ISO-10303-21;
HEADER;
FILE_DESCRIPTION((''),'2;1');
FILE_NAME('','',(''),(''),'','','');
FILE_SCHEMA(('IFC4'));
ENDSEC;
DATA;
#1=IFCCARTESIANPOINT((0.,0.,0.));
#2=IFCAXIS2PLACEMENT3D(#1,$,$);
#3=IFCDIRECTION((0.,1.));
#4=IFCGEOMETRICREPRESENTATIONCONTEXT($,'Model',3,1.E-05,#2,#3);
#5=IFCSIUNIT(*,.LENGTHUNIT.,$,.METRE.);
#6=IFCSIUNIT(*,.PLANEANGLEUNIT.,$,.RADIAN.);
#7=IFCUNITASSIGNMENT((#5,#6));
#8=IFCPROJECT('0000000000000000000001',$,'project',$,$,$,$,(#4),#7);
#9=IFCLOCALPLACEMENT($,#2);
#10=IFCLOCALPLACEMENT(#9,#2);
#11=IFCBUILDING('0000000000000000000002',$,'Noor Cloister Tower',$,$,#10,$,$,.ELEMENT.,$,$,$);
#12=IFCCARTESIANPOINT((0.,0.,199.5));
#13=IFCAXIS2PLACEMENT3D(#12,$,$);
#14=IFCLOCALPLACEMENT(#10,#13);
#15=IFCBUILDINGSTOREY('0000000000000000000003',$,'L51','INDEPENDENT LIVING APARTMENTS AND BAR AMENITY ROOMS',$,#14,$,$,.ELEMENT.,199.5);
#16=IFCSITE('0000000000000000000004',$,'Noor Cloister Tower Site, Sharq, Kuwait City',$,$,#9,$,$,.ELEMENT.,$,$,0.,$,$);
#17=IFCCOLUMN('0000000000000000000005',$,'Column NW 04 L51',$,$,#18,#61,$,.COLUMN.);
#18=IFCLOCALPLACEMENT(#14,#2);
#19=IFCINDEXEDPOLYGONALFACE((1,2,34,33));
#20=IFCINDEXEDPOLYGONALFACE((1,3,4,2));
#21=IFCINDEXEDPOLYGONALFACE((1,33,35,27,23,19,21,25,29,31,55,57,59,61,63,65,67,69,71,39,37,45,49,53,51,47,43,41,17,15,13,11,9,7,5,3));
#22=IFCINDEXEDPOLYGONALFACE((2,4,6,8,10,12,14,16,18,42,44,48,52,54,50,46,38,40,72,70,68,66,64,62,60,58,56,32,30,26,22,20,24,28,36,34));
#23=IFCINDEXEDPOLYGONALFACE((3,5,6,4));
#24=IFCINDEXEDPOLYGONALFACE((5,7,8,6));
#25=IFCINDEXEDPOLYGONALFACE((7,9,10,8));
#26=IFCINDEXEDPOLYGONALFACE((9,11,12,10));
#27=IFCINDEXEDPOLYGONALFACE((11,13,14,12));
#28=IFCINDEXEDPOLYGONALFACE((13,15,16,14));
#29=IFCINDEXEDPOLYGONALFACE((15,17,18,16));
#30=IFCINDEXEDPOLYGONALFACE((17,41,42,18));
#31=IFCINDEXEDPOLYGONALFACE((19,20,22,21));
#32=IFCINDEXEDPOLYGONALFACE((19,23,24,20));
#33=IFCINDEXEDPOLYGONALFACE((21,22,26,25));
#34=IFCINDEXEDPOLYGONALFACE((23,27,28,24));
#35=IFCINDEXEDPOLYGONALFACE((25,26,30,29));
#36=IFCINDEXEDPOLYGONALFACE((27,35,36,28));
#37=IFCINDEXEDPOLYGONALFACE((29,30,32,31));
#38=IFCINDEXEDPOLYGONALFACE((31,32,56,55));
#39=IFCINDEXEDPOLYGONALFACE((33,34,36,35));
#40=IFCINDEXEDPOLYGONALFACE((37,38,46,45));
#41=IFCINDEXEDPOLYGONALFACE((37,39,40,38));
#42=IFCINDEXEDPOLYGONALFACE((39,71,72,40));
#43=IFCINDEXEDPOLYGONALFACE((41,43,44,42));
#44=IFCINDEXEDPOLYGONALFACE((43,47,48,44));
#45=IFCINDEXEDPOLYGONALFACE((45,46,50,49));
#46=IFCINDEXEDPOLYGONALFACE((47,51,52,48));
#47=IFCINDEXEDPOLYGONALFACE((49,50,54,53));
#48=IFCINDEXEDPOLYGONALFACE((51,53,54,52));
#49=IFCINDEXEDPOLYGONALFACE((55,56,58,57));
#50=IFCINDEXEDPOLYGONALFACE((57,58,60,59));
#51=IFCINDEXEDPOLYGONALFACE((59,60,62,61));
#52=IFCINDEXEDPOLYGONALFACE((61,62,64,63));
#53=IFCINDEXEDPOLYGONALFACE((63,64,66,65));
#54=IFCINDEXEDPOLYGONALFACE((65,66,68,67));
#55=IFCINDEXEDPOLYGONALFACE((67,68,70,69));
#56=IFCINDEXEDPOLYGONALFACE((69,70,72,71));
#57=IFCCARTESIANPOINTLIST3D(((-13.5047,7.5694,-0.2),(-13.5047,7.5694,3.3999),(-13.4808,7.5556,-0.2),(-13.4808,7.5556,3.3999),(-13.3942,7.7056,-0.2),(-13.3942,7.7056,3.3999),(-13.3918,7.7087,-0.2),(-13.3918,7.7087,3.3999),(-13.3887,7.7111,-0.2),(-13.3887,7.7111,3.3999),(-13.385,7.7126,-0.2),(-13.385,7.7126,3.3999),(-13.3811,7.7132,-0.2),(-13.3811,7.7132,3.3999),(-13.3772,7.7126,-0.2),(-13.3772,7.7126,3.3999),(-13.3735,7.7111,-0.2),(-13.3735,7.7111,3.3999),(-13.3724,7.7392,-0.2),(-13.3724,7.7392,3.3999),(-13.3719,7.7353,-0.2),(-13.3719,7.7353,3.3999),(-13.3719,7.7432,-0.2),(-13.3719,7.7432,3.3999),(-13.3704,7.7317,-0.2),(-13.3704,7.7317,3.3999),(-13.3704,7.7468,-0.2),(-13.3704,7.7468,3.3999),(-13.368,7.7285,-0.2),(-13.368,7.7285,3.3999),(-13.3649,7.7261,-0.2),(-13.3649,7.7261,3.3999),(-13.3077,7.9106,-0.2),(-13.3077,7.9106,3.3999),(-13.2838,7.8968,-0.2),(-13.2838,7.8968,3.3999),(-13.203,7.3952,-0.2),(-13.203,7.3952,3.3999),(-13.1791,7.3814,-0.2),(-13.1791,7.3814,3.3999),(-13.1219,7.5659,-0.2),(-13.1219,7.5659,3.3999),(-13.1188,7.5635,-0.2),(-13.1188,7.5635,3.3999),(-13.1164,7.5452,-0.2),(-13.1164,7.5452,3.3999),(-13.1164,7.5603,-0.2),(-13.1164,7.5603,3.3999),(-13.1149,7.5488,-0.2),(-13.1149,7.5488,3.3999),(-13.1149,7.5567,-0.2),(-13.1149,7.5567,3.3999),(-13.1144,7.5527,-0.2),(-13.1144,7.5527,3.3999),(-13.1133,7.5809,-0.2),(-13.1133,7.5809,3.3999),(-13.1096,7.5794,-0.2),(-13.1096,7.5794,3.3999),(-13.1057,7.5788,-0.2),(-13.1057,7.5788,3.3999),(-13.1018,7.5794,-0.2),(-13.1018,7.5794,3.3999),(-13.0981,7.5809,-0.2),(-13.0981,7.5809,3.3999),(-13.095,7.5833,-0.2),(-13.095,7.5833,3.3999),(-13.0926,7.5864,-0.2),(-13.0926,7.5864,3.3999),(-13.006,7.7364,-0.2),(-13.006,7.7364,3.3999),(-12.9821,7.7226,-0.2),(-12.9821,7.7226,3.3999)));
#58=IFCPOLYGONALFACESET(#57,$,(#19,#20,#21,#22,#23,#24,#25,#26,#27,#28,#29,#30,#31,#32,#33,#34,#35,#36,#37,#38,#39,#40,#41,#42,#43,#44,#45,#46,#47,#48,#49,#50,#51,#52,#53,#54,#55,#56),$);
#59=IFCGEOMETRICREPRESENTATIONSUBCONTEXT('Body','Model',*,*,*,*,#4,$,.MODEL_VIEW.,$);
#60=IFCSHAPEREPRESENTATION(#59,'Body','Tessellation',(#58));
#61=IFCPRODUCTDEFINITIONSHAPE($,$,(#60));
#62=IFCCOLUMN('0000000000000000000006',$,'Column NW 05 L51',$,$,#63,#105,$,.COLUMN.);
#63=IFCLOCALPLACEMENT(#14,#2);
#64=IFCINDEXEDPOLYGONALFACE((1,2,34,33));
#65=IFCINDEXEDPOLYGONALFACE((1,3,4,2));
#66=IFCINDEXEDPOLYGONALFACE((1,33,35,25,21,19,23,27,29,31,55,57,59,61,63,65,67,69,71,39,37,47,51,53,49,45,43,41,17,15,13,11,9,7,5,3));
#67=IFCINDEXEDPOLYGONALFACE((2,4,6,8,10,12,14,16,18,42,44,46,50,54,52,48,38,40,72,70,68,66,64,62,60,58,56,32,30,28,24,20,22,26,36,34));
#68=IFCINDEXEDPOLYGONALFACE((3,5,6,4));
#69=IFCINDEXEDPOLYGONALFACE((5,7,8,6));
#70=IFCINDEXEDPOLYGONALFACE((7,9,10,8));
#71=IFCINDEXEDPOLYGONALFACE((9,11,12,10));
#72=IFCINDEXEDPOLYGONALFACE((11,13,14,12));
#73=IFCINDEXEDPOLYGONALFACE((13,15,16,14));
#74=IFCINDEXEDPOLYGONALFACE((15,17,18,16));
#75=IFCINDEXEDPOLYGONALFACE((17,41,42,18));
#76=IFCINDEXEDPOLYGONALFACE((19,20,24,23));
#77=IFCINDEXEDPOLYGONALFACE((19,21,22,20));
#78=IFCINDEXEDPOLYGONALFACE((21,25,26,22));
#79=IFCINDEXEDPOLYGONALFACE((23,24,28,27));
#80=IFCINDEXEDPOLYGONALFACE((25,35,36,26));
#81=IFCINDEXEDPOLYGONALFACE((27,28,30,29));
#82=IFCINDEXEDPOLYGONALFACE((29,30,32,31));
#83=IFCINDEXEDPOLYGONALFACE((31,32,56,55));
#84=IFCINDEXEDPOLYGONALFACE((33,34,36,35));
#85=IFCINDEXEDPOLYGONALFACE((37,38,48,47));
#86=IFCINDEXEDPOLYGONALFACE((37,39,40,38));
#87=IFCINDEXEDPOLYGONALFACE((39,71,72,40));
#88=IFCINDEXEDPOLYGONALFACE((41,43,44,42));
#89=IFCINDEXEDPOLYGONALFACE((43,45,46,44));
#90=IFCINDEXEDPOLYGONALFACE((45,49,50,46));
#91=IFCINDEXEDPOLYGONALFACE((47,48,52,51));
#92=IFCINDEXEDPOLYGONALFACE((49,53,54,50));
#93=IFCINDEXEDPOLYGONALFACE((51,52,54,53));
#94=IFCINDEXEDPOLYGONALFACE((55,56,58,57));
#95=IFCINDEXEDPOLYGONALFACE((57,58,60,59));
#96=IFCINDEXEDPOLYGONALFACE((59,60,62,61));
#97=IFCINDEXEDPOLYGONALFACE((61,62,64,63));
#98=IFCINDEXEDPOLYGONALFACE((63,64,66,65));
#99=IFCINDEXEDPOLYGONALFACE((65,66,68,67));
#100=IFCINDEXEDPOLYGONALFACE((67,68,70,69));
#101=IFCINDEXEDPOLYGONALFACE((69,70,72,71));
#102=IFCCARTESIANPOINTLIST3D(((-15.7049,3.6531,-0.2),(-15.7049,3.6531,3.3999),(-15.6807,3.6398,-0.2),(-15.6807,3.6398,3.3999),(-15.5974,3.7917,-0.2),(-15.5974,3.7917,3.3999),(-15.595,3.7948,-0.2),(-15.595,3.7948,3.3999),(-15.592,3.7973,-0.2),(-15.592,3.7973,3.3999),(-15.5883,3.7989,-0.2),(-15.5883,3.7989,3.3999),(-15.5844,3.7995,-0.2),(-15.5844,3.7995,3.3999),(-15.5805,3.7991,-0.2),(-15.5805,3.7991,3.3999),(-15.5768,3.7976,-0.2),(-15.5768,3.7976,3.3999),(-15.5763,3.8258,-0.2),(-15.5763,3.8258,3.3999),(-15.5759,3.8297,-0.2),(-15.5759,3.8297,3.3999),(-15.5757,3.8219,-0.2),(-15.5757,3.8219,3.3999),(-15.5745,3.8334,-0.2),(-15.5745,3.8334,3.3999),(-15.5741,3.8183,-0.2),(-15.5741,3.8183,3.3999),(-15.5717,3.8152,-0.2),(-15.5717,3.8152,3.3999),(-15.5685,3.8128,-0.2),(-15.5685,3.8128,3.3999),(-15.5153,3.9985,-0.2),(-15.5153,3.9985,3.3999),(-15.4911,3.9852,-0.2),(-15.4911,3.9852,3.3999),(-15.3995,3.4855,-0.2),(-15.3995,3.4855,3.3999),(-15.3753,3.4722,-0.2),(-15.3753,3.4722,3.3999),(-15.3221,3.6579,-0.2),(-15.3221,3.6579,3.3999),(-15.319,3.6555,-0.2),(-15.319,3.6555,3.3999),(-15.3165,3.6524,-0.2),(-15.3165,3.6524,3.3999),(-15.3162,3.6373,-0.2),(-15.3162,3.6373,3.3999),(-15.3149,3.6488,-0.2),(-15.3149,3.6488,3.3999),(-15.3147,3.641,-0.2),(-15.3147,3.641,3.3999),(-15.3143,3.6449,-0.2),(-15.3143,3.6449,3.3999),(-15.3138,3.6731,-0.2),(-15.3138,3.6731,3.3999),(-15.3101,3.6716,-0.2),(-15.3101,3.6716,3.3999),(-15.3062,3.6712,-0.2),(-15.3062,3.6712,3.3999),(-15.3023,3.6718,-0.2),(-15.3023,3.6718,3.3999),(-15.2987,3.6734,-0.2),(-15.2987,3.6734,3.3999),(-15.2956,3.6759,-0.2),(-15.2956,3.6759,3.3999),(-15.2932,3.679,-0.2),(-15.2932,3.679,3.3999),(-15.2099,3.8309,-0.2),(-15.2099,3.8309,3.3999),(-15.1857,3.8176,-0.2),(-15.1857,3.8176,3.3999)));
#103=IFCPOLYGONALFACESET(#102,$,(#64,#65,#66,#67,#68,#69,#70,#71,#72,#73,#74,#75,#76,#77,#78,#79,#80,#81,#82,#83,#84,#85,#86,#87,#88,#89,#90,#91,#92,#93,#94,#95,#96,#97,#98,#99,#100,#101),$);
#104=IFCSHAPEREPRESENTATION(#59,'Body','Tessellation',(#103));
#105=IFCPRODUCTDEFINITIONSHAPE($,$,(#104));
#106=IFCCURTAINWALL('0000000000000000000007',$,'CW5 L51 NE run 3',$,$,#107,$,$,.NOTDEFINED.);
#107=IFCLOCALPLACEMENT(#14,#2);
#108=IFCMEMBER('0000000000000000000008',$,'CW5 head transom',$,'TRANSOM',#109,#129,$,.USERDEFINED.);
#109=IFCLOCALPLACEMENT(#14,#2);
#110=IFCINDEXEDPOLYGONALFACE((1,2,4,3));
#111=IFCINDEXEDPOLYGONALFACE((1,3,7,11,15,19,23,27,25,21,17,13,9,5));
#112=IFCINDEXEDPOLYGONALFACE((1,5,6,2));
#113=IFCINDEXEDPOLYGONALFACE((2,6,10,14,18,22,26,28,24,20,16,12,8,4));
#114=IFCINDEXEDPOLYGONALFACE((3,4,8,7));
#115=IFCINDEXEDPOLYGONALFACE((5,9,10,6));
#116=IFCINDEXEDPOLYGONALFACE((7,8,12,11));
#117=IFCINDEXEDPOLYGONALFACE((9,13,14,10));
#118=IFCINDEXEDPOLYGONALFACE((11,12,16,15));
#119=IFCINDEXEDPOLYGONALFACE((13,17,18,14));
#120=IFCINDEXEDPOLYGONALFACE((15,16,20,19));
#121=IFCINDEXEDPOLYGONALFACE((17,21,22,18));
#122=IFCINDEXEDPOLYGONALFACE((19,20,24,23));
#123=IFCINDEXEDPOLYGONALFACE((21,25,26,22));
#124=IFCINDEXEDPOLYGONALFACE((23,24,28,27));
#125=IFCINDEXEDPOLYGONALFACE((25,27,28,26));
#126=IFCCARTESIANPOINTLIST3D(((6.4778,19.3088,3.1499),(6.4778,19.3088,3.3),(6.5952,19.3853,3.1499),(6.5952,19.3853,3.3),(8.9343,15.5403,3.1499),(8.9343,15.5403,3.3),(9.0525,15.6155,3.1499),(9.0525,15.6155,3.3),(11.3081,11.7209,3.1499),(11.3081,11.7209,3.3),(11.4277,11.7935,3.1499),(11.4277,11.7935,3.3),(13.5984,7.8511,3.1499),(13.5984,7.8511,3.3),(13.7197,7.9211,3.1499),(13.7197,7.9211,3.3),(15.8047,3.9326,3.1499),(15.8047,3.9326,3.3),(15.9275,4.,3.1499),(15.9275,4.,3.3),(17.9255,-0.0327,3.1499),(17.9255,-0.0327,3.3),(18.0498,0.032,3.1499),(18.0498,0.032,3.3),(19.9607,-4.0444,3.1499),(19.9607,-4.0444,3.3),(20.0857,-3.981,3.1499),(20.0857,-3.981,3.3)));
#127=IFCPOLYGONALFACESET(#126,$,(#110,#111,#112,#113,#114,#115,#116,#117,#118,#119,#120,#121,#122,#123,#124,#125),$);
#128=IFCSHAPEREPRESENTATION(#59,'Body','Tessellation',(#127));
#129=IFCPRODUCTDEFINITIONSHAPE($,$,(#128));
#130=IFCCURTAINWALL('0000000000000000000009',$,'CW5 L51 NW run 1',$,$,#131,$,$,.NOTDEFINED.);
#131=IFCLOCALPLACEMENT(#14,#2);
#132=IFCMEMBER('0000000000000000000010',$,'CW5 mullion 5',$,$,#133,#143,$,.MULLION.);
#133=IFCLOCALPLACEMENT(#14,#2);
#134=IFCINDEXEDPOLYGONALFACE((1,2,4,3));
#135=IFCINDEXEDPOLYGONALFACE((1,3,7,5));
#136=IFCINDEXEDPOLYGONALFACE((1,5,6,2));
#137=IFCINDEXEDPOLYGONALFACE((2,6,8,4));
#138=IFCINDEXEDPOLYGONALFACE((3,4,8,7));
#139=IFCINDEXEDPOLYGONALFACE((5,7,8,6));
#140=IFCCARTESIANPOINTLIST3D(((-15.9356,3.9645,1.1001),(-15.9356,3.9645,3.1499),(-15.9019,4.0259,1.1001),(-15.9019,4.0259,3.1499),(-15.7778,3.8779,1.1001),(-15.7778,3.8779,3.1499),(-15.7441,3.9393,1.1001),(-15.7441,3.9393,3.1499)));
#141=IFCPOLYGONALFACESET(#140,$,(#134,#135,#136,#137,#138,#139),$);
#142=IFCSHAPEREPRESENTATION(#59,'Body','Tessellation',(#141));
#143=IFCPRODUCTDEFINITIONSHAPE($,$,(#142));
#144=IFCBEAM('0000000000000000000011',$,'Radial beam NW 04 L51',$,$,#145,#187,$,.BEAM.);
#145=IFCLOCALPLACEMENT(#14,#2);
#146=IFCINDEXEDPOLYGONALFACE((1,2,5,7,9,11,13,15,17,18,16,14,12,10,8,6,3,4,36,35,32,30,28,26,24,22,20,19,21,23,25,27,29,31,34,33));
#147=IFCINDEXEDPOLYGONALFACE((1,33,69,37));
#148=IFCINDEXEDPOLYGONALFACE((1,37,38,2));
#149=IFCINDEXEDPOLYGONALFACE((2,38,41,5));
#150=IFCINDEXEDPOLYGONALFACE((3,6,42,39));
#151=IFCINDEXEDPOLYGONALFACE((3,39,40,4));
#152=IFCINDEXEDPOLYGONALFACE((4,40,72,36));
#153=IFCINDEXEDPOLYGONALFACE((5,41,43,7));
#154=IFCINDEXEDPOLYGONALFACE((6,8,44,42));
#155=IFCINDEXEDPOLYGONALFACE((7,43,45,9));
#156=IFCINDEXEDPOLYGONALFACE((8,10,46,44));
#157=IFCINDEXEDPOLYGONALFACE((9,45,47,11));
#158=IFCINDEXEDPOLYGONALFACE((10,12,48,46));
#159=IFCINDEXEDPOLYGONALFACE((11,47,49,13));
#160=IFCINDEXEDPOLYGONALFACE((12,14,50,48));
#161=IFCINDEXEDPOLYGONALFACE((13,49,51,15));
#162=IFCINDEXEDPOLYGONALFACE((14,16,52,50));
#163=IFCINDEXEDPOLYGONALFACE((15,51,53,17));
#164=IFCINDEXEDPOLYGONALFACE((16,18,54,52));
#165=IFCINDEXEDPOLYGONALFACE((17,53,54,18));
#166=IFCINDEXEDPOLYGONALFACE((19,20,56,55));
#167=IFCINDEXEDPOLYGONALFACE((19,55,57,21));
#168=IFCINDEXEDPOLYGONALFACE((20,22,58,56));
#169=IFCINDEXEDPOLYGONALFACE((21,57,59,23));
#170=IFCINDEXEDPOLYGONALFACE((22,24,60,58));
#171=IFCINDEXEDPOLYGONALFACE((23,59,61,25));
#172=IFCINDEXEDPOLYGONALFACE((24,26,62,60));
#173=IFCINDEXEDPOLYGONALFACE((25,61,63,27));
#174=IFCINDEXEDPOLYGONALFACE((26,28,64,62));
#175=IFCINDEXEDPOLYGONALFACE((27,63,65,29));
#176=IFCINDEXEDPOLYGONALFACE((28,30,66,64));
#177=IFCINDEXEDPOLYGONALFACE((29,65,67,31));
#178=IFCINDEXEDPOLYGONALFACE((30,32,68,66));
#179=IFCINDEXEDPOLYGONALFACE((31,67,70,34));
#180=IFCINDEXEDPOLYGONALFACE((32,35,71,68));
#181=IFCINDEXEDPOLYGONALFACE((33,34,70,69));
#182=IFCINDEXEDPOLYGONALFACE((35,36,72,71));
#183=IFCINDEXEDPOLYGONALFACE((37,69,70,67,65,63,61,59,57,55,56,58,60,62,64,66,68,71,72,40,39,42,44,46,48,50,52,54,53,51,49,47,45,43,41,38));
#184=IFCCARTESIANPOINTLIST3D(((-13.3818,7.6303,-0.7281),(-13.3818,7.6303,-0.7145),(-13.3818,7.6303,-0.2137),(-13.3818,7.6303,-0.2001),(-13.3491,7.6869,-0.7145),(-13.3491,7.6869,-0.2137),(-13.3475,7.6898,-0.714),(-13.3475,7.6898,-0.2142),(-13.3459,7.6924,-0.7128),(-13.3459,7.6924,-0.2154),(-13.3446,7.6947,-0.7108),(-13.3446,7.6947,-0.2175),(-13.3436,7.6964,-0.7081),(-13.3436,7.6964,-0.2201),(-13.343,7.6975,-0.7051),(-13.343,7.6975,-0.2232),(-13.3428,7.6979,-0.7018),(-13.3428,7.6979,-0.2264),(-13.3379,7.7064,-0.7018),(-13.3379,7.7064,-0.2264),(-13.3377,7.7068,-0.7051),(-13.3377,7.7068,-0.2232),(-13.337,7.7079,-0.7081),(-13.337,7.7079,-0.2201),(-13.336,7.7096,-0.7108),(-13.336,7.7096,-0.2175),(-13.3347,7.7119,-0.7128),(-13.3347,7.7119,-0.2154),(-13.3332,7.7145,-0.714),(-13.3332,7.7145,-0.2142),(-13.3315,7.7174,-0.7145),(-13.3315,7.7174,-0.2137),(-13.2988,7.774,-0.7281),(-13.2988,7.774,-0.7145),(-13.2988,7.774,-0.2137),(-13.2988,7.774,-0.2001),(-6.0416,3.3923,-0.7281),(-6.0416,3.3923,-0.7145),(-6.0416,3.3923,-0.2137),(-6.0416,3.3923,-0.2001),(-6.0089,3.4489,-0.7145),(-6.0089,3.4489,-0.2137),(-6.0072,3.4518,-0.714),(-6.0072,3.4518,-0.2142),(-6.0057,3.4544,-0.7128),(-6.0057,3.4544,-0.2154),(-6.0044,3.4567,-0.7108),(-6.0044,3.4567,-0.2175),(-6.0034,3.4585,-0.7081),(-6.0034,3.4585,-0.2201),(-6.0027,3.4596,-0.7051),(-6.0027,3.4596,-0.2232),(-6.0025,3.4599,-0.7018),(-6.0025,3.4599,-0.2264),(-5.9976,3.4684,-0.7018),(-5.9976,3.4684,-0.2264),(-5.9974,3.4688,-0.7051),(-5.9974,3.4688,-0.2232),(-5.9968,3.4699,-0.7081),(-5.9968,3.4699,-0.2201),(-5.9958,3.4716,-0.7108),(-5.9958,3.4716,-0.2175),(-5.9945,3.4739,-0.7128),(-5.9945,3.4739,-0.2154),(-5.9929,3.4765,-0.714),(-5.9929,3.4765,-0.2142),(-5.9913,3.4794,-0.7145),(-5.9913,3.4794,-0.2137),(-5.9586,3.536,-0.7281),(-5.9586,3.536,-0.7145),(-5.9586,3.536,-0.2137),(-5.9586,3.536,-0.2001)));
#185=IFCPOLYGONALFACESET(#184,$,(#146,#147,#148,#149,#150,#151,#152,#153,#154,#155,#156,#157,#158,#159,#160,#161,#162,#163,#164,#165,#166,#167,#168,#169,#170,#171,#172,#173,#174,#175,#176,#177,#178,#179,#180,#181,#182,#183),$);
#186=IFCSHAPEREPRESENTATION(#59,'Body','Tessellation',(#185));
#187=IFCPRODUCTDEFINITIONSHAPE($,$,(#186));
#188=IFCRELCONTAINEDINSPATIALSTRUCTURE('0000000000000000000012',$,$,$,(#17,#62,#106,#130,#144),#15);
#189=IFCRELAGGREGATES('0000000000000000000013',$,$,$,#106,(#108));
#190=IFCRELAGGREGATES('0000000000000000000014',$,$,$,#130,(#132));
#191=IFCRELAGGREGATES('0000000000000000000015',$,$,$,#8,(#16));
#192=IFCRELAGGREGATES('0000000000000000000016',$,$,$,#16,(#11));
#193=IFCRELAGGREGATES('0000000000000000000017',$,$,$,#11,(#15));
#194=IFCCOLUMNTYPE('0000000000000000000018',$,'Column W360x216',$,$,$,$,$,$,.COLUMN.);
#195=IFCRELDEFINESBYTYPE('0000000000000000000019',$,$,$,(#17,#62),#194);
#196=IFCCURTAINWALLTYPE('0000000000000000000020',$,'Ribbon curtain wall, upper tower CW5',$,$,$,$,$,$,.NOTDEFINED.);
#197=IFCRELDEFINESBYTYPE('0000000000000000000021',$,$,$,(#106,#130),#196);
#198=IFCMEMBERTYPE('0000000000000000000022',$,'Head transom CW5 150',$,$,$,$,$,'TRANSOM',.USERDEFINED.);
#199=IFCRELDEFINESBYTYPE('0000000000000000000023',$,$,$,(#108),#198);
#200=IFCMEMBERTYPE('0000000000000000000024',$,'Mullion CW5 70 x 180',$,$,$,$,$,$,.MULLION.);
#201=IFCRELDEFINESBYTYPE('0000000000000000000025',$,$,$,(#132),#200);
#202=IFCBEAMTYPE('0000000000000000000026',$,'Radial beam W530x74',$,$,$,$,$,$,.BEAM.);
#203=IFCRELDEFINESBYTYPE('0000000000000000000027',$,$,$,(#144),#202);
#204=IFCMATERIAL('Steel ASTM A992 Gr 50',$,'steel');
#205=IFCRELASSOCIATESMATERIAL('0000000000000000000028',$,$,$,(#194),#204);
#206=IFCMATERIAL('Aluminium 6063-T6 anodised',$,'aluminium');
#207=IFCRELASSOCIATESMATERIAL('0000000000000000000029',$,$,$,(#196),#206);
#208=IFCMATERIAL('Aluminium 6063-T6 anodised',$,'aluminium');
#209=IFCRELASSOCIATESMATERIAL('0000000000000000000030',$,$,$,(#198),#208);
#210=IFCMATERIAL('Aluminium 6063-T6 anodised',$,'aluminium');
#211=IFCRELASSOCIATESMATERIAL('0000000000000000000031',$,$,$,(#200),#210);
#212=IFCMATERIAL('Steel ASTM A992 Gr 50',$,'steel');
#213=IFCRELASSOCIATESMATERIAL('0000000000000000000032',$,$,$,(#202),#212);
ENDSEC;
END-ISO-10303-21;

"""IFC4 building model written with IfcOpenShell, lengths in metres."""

from ifc_helpers import new_model, si_unit, direction, frame, origin, origin_2d, place, context, subcontext, project, spatial, polyline, rectangle, i_section, outline, extrude, material, material_profile, profile_set, type_object, element, aggregate, save


model = new_model("IFC4")

# Units and contexts
model_context = context("Model", 3, precision=1e-05, world=origin(), true_north=direction((0.0, 1.0)))
body_context = subcontext(model_context, "Body", "Model", "MODEL_VIEW")
ifc_project = project(units=[si_unit("LENGTHUNIT", "METRE"), si_unit("PLANEANGLEUNIT", "RADIAN")], contexts=[model_context])

# Site, building, storey
site_placement = place(None, origin())
site = spatial("IfcSite", under=ifc_project, at=site_placement, Name="Noor Cloister Tower Site, Sharq, Kuwait City", CompositionType="ELEMENT", RefElevation=0.0)
building_placement = place(site_placement, origin())
building = spatial("IfcBuilding", under=site, at=building_placement, Name="Noor Cloister Tower", CompositionType="ELEMENT")
storey_placement = place(building_placement, frame((0.0, 0.0, 199.5)))
storey = spatial("IfcBuildingStorey", under=building, at=storey_placement, Name="L51", Description="INDEPENDENT LIVING APARTMENTS AND BAR AMENITY ROOMS", CompositionType="ELEMENT", Elevation=199.5)

# Columns
ifc_material_1 = material(Name="Steel ASTM A992 Gr 50", Category="steel")
ifc_material_profile_1 = material_profile(ifc_material_1, i_section(OverallWidth=0.394, OverallDepth=0.376, WebThickness=0.0173, FlangeThickness=0.0276, FilletRadius=0.0151, at=origin_2d()), Name="W360x216")
ifc_profile_set_1 = profile_set([ifc_material_profile_1], Name="Steel ASTM A992 Gr 50")
column_type = type_object("IfcColumnType", Name="Column W360x216", PredefinedType="COLUMN", material=ifc_profile_set_1)
for number, where, z_axis, x_axis, name in (
    (1, (-13.2434, 7.646, -0.2), (0.0, 0.0, 1.0), (-0.5, -0.866025, 0.0), "Column NW 04 L51"),
    (2, (-15.4453, 3.7354, -0.2), (0.0, 0.0, 1.0), (-0.481143, -0.876642, 0.0), "Column NW 05 L51"),
):
    element("IfcColumn", number, at=place(storey_placement, frame(where, z_axis=z_axis, x_axis=x_axis)), inside=storey, type_object=column_type, Name=name, PredefinedType="COLUMN", context=body_context, shape_type="SweptSolid", body=[
        extrude(i_section(OverallWidth=0.394, OverallDepth=0.376, WebThickness=0.0173, FlangeThickness=0.0276, FilletRadius=0.0151, at=origin_2d()), origin(), (0.0, 0.0, 1.0), 3.5999),
    ])

# Curtain walls, members
ifc_material_2 = material(Name="Aluminium 6063-T6 anodised", Category="aluminium")
curtain_wall_type = type_object("IfcCurtainWallType", Name="Ribbon curtain wall, upper tower CW5", PredefinedType="NOTDEFINED", material=ifc_material_2)
curtain_wall_1_placement = place(storey_placement, origin())
curtain_wall_1 = element("IfcCurtainWall", 3, at=curtain_wall_1_placement, inside=storey, type_object=curtain_wall_type, Name="CW5 L51 NE run 3", PredefinedType="NOTDEFINED")
ifc_material_3 = material(Name="Aluminium 6063-T6 anodised", Category="aluminium")
member_type_1 = type_object("IfcMemberType", Name="Head transom CW5 150", ElementType="TRANSOM", PredefinedType="USERDEFINED", material=ifc_material_3)
member_1_placement = place(storey_placement, frame((0.0, 0.0, 3.1499)))
member_1 = element("IfcMember", 4, at=member_1_placement, type_object=member_type_1, Name="CW5 head transom", ObjectType="TRANSOM", PredefinedType="USERDEFINED", context=body_context, shape_type="SweptSolid", body=[
    extrude(outline(polyline([(20.0857, -3.981), (18.0498, 0.032), (15.9275, 4.0), (13.7197, 7.9211), (11.4277, 11.7935), (9.0525, 15.6155), (6.5952, 19.3853), (6.4778, 19.3088), (8.9343, 15.5403), (11.3081, 11.7209), (13.5984, 7.8511), (15.8047, 3.9326), (17.9255, -0.0327), (19.9607, -4.0444), (20.0857, -3.981)])), origin(), (0.0, 0.0, 1.0), 0.1501),
])
aggregate(curtain_wall_1, [member_1])
curtain_wall_2_placement = place(storey_placement, origin())
curtain_wall_2 = element("IfcCurtainWall", 5, at=curtain_wall_2_placement, inside=storey, type_object=curtain_wall_type, Name="CW5 L51 NW run 1", PredefinedType="NOTDEFINED")
ifc_material_4 = material(Name="Aluminium 6063-T6 anodised", Category="aluminium")
ifc_material_profile_2 = material_profile(ifc_material_4, rectangle(XDim=0.1799, YDim=0.0701, at=origin_2d()), Name="180 x 70 mullion")
ifc_profile_set_2 = profile_set([ifc_material_profile_2], Name="Aluminium 6063-T6 anodised")
member_type_2 = type_object("IfcMemberType", Name="Mullion CW5 70 x 180", PredefinedType="MULLION", material=ifc_profile_set_2)
member_2_placement = place(storey_placement, frame((-15.8398, 3.9519, 1.1001), z_axis=(0.0, 0.0, 1.0), x_axis=(0.876642, -0.481143, 0.0)))
member_2 = element("IfcMember", 6, at=member_2_placement, type_object=member_type_2, Name="CW5 mullion 5", PredefinedType="MULLION", context=body_context, shape_type="SweptSolid", body=[
    extrude(rectangle(XDim=0.1799, YDim=0.0701, at=origin_2d()), origin(), (0.0, 0.0, 1.0), 2.0498),
])

# Beam
ifc_material_5 = material(Name="Steel ASTM A992 Gr 50", Category="steel")
ifc_material_profile_3 = material_profile(ifc_material_5, i_section(OverallWidth=0.166, OverallDepth=0.5281, WebThickness=0.0098, FlangeThickness=0.0137, FilletRadius=0.0127, at=origin_2d()), Name="W530x74")
ifc_profile_set_3 = profile_set([ifc_material_profile_3], Name="Steel ASTM A992 Gr 50")
beam_type_1 = type_object("IfcBeamType", Name="Radial beam W530x74", PredefinedType="BEAM", material=ifc_profile_set_3)
beam_1_placement = place(storey_placement, frame((-13.3403, 7.7021, -0.4641), z_axis=(0.866021, -0.500008, 0.0), x_axis=(0.500008, 0.866021, 0.0)))
element("IfcBeam", 7, at=beam_1_placement, inside=storey, type_object=beam_type_1, Name="Radial beam NW 04 L51", PredefinedType="BEAM", context=body_context, shape_type="SweptSolid", body=[
    extrude(i_section(OverallWidth=0.166, OverallDepth=0.5281, WebThickness=0.0098, FlangeThickness=0.0137, FilletRadius=0.0127, at=origin_2d()), origin(), (0.0, 0.0, 1.0), 8.4758),
])

aggregate(curtain_wall_2, [member_2])

save(model, "model.ifc")
